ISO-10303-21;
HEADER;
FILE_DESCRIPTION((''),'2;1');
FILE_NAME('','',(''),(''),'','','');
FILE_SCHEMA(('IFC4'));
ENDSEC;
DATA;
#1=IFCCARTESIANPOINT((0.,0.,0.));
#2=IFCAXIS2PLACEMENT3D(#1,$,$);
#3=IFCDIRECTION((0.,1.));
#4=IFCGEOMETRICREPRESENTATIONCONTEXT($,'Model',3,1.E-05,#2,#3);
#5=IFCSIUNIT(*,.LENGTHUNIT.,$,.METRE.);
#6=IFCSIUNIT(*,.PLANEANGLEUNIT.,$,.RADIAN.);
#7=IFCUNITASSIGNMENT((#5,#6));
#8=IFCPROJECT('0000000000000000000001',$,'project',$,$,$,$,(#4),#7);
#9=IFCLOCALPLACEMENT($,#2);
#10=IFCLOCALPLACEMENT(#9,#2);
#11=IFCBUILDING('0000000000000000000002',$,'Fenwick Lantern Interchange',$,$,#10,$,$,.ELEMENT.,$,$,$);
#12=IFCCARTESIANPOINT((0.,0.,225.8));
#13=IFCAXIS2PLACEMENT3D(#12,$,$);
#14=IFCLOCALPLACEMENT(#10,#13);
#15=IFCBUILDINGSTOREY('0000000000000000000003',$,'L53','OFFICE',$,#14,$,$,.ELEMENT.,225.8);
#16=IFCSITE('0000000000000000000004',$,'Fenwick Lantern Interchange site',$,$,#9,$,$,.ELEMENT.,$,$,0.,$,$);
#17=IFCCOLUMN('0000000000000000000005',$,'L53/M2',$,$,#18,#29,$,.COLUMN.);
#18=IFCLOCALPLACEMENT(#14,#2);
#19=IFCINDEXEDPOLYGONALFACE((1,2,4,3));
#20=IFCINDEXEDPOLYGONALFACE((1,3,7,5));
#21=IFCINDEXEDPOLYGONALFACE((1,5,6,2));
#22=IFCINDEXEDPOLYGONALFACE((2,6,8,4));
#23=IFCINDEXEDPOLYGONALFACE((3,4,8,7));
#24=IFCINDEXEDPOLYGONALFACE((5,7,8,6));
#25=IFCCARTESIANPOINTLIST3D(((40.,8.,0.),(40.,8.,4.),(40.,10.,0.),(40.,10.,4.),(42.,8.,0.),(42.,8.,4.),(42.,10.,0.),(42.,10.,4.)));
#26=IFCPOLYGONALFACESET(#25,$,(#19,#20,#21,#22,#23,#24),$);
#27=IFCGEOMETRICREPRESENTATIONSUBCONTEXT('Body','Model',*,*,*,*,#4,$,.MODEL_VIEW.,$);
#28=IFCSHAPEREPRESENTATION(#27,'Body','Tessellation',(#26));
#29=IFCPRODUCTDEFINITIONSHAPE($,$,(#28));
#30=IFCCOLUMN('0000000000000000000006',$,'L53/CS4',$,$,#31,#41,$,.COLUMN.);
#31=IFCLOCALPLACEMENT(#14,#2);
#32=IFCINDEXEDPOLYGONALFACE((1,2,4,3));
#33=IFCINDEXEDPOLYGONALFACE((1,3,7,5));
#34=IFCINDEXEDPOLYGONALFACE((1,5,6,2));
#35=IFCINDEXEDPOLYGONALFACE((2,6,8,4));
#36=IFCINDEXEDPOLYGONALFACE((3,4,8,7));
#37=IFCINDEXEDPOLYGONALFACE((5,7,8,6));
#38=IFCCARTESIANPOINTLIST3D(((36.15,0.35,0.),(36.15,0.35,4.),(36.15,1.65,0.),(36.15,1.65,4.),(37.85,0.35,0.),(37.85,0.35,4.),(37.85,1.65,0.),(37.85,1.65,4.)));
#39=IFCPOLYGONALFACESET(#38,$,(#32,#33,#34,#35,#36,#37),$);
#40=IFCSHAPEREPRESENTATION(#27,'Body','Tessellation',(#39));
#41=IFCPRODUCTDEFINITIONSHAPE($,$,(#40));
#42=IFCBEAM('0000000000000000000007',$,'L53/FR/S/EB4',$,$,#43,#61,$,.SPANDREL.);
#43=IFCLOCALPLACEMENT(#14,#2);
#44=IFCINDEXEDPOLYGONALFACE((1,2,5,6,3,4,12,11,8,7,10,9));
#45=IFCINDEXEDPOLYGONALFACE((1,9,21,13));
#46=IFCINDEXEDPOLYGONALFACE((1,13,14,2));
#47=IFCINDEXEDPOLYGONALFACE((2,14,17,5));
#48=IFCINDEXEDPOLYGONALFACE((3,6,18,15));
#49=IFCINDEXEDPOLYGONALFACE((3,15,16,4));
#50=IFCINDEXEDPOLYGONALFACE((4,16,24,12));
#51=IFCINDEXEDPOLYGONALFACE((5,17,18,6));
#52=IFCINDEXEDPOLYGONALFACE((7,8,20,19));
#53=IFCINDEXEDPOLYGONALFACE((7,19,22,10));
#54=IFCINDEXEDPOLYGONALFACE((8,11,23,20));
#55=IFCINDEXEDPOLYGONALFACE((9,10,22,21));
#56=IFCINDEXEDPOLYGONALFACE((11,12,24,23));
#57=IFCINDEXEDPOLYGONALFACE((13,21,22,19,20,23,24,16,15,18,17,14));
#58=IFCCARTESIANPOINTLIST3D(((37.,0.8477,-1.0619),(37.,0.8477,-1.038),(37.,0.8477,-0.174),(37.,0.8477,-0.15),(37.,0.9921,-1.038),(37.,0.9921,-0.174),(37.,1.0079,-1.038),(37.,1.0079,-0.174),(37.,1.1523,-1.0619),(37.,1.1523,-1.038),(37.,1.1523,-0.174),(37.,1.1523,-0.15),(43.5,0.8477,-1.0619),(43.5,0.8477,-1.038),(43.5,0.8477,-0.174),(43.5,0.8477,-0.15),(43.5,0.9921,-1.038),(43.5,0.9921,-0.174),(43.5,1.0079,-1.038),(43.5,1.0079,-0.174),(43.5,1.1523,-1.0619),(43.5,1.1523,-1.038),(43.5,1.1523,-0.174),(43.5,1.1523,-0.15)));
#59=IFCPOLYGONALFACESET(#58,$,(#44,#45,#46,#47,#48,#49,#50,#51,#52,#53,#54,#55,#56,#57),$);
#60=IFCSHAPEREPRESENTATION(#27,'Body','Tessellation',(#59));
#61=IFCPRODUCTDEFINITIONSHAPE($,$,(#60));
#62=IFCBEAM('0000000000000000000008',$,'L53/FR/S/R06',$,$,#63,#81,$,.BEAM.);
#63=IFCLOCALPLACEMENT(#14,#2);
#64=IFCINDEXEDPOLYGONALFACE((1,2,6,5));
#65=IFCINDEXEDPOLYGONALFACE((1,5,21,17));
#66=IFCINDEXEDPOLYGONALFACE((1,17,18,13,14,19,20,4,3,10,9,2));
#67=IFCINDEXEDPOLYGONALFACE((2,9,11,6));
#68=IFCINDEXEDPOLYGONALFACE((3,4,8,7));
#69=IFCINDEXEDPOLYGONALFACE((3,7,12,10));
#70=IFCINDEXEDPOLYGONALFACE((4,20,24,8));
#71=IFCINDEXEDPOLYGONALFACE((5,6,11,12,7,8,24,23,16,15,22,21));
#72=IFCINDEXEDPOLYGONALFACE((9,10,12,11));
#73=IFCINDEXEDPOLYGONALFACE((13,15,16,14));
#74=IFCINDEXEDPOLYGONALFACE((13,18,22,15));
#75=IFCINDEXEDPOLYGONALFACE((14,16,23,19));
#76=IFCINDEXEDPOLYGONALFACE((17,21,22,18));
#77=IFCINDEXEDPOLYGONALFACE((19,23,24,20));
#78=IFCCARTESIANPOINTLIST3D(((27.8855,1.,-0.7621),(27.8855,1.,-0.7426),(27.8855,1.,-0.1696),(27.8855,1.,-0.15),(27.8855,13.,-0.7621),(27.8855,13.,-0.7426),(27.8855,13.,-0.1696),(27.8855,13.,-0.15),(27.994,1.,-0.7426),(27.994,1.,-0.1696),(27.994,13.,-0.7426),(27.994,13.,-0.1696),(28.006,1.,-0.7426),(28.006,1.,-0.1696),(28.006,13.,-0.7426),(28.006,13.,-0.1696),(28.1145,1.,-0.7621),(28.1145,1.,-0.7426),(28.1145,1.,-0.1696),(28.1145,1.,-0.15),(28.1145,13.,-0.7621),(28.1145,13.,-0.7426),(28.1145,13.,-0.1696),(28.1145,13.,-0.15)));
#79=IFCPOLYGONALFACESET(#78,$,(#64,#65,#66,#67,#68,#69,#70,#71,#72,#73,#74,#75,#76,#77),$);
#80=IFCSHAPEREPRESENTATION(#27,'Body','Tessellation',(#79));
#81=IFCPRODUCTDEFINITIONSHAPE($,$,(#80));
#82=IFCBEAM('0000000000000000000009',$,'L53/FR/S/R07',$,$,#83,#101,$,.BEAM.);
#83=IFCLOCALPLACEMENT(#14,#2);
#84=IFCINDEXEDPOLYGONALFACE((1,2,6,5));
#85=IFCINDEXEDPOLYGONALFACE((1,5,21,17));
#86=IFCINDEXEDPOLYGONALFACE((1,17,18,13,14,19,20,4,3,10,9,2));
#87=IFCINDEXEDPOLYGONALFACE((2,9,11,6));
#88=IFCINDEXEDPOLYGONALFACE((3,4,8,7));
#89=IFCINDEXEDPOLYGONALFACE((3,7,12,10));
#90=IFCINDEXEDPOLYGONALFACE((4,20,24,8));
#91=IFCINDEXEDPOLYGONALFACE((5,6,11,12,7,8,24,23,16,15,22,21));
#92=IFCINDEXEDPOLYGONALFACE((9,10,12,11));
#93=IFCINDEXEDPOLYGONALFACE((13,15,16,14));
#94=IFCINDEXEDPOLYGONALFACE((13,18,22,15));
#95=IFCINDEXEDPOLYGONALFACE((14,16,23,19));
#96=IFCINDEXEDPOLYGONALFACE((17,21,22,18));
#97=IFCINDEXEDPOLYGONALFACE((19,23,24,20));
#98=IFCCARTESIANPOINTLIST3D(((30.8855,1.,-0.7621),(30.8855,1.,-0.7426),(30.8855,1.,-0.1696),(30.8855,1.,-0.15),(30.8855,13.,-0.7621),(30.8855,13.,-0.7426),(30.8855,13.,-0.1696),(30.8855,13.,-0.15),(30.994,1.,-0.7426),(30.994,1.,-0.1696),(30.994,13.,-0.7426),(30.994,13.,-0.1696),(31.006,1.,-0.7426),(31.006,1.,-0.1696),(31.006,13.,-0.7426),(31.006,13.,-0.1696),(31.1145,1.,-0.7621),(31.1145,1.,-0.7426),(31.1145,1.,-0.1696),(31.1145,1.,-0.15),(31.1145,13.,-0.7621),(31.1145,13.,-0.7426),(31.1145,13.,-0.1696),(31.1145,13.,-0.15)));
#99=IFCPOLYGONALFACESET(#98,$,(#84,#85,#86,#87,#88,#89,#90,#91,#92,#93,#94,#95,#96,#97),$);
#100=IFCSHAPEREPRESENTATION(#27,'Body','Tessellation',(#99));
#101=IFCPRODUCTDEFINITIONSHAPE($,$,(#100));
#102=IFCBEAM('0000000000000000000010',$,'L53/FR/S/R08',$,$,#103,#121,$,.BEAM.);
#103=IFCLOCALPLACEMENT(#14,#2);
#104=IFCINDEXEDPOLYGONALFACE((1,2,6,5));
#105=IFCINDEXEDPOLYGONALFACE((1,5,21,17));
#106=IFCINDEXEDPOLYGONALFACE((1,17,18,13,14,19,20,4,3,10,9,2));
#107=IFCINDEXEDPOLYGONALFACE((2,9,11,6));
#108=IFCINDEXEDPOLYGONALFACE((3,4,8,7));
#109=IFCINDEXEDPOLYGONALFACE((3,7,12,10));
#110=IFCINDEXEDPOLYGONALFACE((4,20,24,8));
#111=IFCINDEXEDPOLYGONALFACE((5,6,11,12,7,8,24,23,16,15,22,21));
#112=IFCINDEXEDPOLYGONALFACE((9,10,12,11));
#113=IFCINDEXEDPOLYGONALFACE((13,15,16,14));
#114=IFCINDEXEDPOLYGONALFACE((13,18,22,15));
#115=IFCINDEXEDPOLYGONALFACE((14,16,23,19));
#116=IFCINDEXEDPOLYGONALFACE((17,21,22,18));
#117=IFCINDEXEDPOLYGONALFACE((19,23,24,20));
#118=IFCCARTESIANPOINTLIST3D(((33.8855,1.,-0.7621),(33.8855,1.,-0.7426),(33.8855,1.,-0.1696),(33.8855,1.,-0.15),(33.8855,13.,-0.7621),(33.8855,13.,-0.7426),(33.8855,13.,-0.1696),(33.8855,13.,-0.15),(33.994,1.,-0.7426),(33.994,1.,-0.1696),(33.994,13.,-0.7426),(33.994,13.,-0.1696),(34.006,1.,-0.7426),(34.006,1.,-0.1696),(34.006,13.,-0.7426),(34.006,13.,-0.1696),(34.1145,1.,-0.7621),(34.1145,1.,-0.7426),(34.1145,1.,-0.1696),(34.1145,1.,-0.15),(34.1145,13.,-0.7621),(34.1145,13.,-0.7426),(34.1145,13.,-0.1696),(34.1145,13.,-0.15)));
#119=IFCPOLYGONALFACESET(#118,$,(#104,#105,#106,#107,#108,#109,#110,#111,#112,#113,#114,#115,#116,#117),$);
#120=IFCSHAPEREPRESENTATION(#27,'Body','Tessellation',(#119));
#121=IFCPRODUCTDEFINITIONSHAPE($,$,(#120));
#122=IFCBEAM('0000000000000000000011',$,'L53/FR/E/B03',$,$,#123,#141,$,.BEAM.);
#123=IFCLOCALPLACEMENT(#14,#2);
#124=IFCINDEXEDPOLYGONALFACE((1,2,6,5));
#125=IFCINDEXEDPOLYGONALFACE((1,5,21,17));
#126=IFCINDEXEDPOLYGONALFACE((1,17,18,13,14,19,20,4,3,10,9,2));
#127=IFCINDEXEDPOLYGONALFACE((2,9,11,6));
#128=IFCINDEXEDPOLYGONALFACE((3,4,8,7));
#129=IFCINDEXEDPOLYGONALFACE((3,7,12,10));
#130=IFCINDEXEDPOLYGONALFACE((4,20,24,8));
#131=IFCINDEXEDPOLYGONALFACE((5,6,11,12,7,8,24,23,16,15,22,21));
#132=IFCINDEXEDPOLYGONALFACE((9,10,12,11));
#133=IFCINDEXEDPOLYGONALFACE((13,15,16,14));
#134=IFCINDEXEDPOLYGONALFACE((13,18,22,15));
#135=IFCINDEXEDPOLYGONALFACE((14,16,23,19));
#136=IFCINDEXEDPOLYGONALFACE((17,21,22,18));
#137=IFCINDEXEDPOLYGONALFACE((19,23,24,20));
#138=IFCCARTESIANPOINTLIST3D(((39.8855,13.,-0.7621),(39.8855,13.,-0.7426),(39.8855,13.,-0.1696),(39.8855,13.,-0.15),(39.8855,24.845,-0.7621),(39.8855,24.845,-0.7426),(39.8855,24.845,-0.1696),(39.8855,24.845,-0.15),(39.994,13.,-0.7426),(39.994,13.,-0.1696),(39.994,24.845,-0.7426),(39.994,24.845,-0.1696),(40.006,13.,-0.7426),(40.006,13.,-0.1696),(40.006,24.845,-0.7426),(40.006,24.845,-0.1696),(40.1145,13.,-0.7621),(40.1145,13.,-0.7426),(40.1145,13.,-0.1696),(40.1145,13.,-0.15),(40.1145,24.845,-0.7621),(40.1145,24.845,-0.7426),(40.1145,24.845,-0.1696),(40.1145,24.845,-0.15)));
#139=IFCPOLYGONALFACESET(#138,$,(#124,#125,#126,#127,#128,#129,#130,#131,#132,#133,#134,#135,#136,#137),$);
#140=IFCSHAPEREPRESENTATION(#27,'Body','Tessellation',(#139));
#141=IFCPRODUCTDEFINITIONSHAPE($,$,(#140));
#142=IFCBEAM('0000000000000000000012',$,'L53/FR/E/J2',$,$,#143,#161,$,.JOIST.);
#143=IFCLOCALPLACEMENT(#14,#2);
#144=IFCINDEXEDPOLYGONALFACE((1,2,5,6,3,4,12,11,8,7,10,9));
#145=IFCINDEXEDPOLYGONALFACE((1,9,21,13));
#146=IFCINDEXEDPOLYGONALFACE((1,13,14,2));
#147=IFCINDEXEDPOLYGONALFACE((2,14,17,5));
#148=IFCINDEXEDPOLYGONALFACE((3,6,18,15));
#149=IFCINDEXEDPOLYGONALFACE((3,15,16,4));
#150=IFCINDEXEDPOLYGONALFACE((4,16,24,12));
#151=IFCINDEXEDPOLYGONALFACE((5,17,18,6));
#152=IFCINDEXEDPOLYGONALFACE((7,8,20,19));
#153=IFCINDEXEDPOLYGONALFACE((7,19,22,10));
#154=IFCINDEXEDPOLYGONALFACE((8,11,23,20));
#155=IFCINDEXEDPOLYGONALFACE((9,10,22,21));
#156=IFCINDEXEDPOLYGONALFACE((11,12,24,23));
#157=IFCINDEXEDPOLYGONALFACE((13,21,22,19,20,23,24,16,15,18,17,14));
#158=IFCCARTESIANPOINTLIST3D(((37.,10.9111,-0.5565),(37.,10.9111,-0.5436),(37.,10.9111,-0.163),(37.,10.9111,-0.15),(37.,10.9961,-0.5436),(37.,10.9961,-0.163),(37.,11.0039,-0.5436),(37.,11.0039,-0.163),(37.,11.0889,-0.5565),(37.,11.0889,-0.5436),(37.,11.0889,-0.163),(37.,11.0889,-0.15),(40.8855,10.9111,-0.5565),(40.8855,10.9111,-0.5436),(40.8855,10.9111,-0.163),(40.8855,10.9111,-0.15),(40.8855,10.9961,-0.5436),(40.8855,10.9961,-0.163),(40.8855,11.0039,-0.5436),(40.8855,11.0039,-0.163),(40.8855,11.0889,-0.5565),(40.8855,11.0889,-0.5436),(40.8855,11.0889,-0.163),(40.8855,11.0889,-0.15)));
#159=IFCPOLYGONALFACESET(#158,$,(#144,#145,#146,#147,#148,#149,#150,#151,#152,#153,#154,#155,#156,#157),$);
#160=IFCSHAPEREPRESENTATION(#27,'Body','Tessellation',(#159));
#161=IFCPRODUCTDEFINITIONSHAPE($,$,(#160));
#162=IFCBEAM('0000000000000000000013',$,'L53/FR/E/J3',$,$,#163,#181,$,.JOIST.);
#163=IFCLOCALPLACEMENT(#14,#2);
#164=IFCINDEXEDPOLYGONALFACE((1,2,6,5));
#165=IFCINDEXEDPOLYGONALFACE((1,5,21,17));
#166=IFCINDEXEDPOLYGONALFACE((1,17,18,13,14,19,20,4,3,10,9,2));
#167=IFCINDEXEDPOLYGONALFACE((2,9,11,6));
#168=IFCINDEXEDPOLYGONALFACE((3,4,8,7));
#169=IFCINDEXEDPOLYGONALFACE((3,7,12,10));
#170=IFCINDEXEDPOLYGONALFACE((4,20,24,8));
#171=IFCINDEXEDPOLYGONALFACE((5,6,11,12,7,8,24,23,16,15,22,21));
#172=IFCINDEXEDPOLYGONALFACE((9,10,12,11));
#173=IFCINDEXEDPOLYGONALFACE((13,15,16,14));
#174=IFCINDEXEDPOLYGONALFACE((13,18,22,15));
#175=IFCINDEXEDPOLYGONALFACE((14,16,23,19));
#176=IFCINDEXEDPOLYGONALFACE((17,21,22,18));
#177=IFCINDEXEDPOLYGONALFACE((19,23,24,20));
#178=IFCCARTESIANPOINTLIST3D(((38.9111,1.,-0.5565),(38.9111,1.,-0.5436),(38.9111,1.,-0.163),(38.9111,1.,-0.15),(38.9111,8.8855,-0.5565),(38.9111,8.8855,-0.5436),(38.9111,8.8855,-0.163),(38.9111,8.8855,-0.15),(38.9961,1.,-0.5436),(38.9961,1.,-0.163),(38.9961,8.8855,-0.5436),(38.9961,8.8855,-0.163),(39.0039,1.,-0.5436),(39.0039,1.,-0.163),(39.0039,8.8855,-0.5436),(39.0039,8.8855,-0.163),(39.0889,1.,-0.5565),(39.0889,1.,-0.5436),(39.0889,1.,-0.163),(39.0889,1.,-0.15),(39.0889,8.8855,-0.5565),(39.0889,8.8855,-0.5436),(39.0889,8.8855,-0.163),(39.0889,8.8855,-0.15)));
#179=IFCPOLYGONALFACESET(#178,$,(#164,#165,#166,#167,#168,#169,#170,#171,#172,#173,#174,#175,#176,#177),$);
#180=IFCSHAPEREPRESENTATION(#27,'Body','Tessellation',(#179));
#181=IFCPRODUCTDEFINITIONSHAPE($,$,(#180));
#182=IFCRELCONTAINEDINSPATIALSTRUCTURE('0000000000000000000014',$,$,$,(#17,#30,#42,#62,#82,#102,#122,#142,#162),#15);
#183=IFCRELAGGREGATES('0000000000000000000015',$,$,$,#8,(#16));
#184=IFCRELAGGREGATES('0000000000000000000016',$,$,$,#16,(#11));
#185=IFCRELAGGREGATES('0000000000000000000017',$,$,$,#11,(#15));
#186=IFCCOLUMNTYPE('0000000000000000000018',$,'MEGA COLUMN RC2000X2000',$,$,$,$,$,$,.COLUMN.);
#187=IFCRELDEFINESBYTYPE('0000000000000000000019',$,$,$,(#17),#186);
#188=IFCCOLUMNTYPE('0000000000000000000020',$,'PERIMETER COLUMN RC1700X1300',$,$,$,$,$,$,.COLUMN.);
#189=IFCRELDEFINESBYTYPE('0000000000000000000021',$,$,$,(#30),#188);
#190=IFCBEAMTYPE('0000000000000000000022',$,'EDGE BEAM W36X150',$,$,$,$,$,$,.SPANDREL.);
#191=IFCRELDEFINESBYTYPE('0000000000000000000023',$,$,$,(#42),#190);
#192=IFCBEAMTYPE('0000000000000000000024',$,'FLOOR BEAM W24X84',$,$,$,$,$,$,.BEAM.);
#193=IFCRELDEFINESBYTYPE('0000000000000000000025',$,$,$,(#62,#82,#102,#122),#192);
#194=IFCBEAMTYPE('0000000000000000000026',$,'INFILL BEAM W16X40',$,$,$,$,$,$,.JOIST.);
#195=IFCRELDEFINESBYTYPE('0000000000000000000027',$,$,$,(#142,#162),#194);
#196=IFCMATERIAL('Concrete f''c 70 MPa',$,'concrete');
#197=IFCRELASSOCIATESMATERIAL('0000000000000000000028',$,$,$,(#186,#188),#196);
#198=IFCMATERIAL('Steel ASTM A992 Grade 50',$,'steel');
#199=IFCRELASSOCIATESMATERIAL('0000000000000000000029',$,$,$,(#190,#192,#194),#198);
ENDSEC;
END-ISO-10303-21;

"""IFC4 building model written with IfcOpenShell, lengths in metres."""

from ifc_helpers import new_model, si_unit, direction, frame, origin, origin_2d, place, context, subcontext, project, spatial, rectangle, i_section, extrude, material, material_profile, profile_set, type_object, element, save


model = new_model("IFC4")

# Units and contexts
model_context = context("Model", 3, precision=1e-05, world=origin(), true_north=direction((0.0, 1.0)))
body_context = subcontext(model_context, "Body", "Model", "MODEL_VIEW")
ifc_project = project(units=[si_unit("LENGTHUNIT", "METRE"), si_unit("PLANEANGLEUNIT", "RADIAN")], contexts=[model_context])

# Site, building, storey
site_placement = place(None, origin())
site = spatial("IfcSite", under=ifc_project, at=site_placement, Name="Fenwick Lantern Interchange site", CompositionType="ELEMENT", RefElevation=0.0)
building_placement = place(site_placement, origin())
building = spatial("IfcBuilding", under=site, at=building_placement, Name="Fenwick Lantern Interchange", CompositionType="ELEMENT")
storey_placement = place(building_placement, frame((0.0, 0.0, 225.8)))
storey = spatial("IfcBuildingStorey", under=building, at=storey_placement, Name="L53", Description="OFFICE", CompositionType="ELEMENT", Elevation=225.8)

# Columns
ifc_material_1 = material(Name="Concrete f'c 70 MPa", Category="concrete")
ifc_material_profile_1 = material_profile(ifc_material_1, rectangle(XDim=2.0, YDim=2.0, at=origin_2d()), Name="RC2000X2000")
ifc_profile_set_1 = profile_set([ifc_material_profile_1], Name="Concrete f'c 70 MPa")
column_type_1 = type_object("IfcColumnType", Name="MEGA COLUMN RC2000X2000", PredefinedType="COLUMN", material=ifc_profile_set_1)
column_1_placement = place(storey_placement, frame((41.0, 9.0, 0.0), z_axis=(0.0, 0.0, 1.0), x_axis=(1.0, 0.0, 0.0)))
element("IfcColumn", 1, at=column_1_placement, inside=storey, type_object=column_type_1, Name="L53/M2", PredefinedType="COLUMN", context=body_context, shape_type="SweptSolid", body=[
    extrude(rectangle(XDim=2.0, YDim=2.0, at=origin_2d()), origin(), (0.0, 0.0, 1.0), 4.0),
])
ifc_material_profile_2 = material_profile(ifc_material_1, rectangle(XDim=1.7, YDim=1.3, at=origin_2d()), Name="RC1700X1300")
ifc_profile_set_2 = profile_set([ifc_material_profile_2], Name="Concrete f'c 70 MPa")
column_type_2 = type_object("IfcColumnType", Name="PERIMETER COLUMN RC1700X1300", PredefinedType="COLUMN", material=ifc_profile_set_2)
column_2_placement = place(storey_placement, frame((37.0, 1.0, 0.0), z_axis=(0.0, 0.0, 1.0), x_axis=(1.0, 0.0, 0.0)))
element("IfcColumn", 2, at=column_2_placement, inside=storey, type_object=column_type_2, Name="L53/CS4", PredefinedType="COLUMN", context=body_context, shape_type="SweptSolid", body=[
    extrude(rectangle(XDim=1.7, YDim=1.3, at=origin_2d()), origin(), (0.0, 0.0, 1.0), 4.0),
])

# Beams
ifc_material_2 = material(Name="Steel ASTM A992 Grade 50", Category="steel")
ifc_material_profile_3 = material_profile(ifc_material_2, i_section(OverallWidth=0.3047, OverallDepth=0.9119, WebThickness=0.0159, FlangeThickness=0.0239, at=origin_2d()), Name="W36X150")
ifc_profile_set_3 = profile_set([ifc_material_profile_3], Name="Steel ASTM A992 Grade 50")
beam_type_1 = type_object("IfcBeamType", Name="EDGE BEAM W36X150", PredefinedType="SPANDREL", material=ifc_profile_set_3)
beam_1_placement = place(storey_placement, frame((37.0, 1.0, -0.606), z_axis=(1.0, 0.0, 0.0), x_axis=(0.0, 1.0, 0.0)))
element("IfcBeam", 3, at=beam_1_placement, inside=storey, type_object=beam_type_1, Name="L53/FR/S/EB4", PredefinedType="SPANDREL", context=body_context, shape_type="SweptSolid", body=[
    extrude(i_section(OverallWidth=0.3047, OverallDepth=0.9119, WebThickness=0.0159, FlangeThickness=0.0239, at=origin_2d()), origin(), (0.0, 0.0, 1.0), 6.5),
])
ifc_material_profile_4 = material_profile(ifc_material_2, i_section(OverallWidth=0.229, OverallDepth=0.6121, WebThickness=0.012, FlangeThickness=0.0195, at=origin_2d()), Name="W24X84")
ifc_profile_set_4 = profile_set([ifc_material_profile_4], Name="Steel ASTM A992 Grade 50")
beam_type_2 = type_object("IfcBeamType", Name="FLOOR BEAM W24X84", PredefinedType="BEAM", material=ifc_profile_set_4)
for number, where, z_axis, x_axis, name in (
    (4, (28.0, 1.0, -0.4561), (0.0, 1.0, 0.0), (-1.0, 0.0, 0.0), "L53/FR/S/R06"),
    (5, (31.0, 1.0, -0.4561), (0.0, 1.0, 0.0), (-1.0, 0.0, 0.0), "L53/FR/S/R07"),
    (6, (34.0, 1.0, -0.4561), (0.0, 1.0, 0.0), (-1.0, 0.0, 0.0), "L53/FR/S/R08"),
):
    element("IfcBeam", number, at=place(storey_placement, frame(where, z_axis=z_axis, x_axis=x_axis)), inside=storey, type_object=beam_type_2, Name=name, PredefinedType="BEAM", context=body_context, shape_type="SweptSolid", body=[
        extrude(i_section(OverallWidth=0.229, OverallDepth=0.6121, WebThickness=0.012, FlangeThickness=0.0195, at=origin_2d()), origin(), (0.0, 0.0, 1.0), 12.0),
    ])
beam_2_placement = place(storey_placement, frame((40.0, 13.0, -0.4561), z_axis=(0.0, 1.0, 0.0), x_axis=(-1.0, 0.0, 0.0)))
element("IfcBeam", 7, at=beam_2_placement, inside=storey, type_object=beam_type_2, Name="L53/FR/E/B03", PredefinedType="BEAM", context=body_context, shape_type="SweptSolid", body=[
    extrude(i_section(OverallWidth=0.229, OverallDepth=0.6121, WebThickness=0.012, FlangeThickness=0.0195, at=origin_2d()), origin(), (0.0, 0.0, 1.0), 11.845),
])
ifc_material_profile_5 = material_profile(ifc_material_2, i_section(OverallWidth=0.1777, OverallDepth=0.4065, WebThickness=0.0078, FlangeThickness=0.0129, at=origin_2d()), Name="W16X40")
ifc_profile_set_5 = profile_set([ifc_material_profile_5], Name="Steel ASTM A992 Grade 50")
beam_type_3 = type_object("IfcBeamType", Name="INFILL BEAM W16X40", PredefinedType="JOIST", material=ifc_profile_set_5)
beam_3_placement = place(storey_placement, frame((40.8855, 11.0, -0.3533), z_axis=(-1.0, 0.0, 0.0), x_axis=(0.0, -1.0, 0.0)))
element("IfcBeam", 8, at=beam_3_placement, inside=storey, type_object=beam_type_3, Name="L53/FR/E/J2", PredefinedType="JOIST", context=body_context, shape_type="SweptSolid", body=[
    extrude(i_section(OverallWidth=0.1777, OverallDepth=0.4065, WebThickness=0.0078, FlangeThickness=0.0129, at=origin_2d()), origin(), (0.0, 0.0, 1.0), 3.8855),
])
beam_4_placement = place(storey_placement, frame((39.0, 1.0, -0.3533), z_axis=(0.0, 1.0, 0.0), x_axis=(-1.0, 0.0, 0.0)))
element("IfcBeam", 9, at=beam_4_placement, inside=storey, type_object=beam_type_3, Name="L53/FR/E/J3", PredefinedType="JOIST", context=body_context, shape_type="SweptSolid", body=[
    extrude(i_section(OverallWidth=0.1777, OverallDepth=0.4065, WebThickness=0.0078, FlangeThickness=0.0129, at=origin_2d()), origin(), (0.0, 0.0, 1.0), 7.8855),
])

save(model, "model.ifc")
